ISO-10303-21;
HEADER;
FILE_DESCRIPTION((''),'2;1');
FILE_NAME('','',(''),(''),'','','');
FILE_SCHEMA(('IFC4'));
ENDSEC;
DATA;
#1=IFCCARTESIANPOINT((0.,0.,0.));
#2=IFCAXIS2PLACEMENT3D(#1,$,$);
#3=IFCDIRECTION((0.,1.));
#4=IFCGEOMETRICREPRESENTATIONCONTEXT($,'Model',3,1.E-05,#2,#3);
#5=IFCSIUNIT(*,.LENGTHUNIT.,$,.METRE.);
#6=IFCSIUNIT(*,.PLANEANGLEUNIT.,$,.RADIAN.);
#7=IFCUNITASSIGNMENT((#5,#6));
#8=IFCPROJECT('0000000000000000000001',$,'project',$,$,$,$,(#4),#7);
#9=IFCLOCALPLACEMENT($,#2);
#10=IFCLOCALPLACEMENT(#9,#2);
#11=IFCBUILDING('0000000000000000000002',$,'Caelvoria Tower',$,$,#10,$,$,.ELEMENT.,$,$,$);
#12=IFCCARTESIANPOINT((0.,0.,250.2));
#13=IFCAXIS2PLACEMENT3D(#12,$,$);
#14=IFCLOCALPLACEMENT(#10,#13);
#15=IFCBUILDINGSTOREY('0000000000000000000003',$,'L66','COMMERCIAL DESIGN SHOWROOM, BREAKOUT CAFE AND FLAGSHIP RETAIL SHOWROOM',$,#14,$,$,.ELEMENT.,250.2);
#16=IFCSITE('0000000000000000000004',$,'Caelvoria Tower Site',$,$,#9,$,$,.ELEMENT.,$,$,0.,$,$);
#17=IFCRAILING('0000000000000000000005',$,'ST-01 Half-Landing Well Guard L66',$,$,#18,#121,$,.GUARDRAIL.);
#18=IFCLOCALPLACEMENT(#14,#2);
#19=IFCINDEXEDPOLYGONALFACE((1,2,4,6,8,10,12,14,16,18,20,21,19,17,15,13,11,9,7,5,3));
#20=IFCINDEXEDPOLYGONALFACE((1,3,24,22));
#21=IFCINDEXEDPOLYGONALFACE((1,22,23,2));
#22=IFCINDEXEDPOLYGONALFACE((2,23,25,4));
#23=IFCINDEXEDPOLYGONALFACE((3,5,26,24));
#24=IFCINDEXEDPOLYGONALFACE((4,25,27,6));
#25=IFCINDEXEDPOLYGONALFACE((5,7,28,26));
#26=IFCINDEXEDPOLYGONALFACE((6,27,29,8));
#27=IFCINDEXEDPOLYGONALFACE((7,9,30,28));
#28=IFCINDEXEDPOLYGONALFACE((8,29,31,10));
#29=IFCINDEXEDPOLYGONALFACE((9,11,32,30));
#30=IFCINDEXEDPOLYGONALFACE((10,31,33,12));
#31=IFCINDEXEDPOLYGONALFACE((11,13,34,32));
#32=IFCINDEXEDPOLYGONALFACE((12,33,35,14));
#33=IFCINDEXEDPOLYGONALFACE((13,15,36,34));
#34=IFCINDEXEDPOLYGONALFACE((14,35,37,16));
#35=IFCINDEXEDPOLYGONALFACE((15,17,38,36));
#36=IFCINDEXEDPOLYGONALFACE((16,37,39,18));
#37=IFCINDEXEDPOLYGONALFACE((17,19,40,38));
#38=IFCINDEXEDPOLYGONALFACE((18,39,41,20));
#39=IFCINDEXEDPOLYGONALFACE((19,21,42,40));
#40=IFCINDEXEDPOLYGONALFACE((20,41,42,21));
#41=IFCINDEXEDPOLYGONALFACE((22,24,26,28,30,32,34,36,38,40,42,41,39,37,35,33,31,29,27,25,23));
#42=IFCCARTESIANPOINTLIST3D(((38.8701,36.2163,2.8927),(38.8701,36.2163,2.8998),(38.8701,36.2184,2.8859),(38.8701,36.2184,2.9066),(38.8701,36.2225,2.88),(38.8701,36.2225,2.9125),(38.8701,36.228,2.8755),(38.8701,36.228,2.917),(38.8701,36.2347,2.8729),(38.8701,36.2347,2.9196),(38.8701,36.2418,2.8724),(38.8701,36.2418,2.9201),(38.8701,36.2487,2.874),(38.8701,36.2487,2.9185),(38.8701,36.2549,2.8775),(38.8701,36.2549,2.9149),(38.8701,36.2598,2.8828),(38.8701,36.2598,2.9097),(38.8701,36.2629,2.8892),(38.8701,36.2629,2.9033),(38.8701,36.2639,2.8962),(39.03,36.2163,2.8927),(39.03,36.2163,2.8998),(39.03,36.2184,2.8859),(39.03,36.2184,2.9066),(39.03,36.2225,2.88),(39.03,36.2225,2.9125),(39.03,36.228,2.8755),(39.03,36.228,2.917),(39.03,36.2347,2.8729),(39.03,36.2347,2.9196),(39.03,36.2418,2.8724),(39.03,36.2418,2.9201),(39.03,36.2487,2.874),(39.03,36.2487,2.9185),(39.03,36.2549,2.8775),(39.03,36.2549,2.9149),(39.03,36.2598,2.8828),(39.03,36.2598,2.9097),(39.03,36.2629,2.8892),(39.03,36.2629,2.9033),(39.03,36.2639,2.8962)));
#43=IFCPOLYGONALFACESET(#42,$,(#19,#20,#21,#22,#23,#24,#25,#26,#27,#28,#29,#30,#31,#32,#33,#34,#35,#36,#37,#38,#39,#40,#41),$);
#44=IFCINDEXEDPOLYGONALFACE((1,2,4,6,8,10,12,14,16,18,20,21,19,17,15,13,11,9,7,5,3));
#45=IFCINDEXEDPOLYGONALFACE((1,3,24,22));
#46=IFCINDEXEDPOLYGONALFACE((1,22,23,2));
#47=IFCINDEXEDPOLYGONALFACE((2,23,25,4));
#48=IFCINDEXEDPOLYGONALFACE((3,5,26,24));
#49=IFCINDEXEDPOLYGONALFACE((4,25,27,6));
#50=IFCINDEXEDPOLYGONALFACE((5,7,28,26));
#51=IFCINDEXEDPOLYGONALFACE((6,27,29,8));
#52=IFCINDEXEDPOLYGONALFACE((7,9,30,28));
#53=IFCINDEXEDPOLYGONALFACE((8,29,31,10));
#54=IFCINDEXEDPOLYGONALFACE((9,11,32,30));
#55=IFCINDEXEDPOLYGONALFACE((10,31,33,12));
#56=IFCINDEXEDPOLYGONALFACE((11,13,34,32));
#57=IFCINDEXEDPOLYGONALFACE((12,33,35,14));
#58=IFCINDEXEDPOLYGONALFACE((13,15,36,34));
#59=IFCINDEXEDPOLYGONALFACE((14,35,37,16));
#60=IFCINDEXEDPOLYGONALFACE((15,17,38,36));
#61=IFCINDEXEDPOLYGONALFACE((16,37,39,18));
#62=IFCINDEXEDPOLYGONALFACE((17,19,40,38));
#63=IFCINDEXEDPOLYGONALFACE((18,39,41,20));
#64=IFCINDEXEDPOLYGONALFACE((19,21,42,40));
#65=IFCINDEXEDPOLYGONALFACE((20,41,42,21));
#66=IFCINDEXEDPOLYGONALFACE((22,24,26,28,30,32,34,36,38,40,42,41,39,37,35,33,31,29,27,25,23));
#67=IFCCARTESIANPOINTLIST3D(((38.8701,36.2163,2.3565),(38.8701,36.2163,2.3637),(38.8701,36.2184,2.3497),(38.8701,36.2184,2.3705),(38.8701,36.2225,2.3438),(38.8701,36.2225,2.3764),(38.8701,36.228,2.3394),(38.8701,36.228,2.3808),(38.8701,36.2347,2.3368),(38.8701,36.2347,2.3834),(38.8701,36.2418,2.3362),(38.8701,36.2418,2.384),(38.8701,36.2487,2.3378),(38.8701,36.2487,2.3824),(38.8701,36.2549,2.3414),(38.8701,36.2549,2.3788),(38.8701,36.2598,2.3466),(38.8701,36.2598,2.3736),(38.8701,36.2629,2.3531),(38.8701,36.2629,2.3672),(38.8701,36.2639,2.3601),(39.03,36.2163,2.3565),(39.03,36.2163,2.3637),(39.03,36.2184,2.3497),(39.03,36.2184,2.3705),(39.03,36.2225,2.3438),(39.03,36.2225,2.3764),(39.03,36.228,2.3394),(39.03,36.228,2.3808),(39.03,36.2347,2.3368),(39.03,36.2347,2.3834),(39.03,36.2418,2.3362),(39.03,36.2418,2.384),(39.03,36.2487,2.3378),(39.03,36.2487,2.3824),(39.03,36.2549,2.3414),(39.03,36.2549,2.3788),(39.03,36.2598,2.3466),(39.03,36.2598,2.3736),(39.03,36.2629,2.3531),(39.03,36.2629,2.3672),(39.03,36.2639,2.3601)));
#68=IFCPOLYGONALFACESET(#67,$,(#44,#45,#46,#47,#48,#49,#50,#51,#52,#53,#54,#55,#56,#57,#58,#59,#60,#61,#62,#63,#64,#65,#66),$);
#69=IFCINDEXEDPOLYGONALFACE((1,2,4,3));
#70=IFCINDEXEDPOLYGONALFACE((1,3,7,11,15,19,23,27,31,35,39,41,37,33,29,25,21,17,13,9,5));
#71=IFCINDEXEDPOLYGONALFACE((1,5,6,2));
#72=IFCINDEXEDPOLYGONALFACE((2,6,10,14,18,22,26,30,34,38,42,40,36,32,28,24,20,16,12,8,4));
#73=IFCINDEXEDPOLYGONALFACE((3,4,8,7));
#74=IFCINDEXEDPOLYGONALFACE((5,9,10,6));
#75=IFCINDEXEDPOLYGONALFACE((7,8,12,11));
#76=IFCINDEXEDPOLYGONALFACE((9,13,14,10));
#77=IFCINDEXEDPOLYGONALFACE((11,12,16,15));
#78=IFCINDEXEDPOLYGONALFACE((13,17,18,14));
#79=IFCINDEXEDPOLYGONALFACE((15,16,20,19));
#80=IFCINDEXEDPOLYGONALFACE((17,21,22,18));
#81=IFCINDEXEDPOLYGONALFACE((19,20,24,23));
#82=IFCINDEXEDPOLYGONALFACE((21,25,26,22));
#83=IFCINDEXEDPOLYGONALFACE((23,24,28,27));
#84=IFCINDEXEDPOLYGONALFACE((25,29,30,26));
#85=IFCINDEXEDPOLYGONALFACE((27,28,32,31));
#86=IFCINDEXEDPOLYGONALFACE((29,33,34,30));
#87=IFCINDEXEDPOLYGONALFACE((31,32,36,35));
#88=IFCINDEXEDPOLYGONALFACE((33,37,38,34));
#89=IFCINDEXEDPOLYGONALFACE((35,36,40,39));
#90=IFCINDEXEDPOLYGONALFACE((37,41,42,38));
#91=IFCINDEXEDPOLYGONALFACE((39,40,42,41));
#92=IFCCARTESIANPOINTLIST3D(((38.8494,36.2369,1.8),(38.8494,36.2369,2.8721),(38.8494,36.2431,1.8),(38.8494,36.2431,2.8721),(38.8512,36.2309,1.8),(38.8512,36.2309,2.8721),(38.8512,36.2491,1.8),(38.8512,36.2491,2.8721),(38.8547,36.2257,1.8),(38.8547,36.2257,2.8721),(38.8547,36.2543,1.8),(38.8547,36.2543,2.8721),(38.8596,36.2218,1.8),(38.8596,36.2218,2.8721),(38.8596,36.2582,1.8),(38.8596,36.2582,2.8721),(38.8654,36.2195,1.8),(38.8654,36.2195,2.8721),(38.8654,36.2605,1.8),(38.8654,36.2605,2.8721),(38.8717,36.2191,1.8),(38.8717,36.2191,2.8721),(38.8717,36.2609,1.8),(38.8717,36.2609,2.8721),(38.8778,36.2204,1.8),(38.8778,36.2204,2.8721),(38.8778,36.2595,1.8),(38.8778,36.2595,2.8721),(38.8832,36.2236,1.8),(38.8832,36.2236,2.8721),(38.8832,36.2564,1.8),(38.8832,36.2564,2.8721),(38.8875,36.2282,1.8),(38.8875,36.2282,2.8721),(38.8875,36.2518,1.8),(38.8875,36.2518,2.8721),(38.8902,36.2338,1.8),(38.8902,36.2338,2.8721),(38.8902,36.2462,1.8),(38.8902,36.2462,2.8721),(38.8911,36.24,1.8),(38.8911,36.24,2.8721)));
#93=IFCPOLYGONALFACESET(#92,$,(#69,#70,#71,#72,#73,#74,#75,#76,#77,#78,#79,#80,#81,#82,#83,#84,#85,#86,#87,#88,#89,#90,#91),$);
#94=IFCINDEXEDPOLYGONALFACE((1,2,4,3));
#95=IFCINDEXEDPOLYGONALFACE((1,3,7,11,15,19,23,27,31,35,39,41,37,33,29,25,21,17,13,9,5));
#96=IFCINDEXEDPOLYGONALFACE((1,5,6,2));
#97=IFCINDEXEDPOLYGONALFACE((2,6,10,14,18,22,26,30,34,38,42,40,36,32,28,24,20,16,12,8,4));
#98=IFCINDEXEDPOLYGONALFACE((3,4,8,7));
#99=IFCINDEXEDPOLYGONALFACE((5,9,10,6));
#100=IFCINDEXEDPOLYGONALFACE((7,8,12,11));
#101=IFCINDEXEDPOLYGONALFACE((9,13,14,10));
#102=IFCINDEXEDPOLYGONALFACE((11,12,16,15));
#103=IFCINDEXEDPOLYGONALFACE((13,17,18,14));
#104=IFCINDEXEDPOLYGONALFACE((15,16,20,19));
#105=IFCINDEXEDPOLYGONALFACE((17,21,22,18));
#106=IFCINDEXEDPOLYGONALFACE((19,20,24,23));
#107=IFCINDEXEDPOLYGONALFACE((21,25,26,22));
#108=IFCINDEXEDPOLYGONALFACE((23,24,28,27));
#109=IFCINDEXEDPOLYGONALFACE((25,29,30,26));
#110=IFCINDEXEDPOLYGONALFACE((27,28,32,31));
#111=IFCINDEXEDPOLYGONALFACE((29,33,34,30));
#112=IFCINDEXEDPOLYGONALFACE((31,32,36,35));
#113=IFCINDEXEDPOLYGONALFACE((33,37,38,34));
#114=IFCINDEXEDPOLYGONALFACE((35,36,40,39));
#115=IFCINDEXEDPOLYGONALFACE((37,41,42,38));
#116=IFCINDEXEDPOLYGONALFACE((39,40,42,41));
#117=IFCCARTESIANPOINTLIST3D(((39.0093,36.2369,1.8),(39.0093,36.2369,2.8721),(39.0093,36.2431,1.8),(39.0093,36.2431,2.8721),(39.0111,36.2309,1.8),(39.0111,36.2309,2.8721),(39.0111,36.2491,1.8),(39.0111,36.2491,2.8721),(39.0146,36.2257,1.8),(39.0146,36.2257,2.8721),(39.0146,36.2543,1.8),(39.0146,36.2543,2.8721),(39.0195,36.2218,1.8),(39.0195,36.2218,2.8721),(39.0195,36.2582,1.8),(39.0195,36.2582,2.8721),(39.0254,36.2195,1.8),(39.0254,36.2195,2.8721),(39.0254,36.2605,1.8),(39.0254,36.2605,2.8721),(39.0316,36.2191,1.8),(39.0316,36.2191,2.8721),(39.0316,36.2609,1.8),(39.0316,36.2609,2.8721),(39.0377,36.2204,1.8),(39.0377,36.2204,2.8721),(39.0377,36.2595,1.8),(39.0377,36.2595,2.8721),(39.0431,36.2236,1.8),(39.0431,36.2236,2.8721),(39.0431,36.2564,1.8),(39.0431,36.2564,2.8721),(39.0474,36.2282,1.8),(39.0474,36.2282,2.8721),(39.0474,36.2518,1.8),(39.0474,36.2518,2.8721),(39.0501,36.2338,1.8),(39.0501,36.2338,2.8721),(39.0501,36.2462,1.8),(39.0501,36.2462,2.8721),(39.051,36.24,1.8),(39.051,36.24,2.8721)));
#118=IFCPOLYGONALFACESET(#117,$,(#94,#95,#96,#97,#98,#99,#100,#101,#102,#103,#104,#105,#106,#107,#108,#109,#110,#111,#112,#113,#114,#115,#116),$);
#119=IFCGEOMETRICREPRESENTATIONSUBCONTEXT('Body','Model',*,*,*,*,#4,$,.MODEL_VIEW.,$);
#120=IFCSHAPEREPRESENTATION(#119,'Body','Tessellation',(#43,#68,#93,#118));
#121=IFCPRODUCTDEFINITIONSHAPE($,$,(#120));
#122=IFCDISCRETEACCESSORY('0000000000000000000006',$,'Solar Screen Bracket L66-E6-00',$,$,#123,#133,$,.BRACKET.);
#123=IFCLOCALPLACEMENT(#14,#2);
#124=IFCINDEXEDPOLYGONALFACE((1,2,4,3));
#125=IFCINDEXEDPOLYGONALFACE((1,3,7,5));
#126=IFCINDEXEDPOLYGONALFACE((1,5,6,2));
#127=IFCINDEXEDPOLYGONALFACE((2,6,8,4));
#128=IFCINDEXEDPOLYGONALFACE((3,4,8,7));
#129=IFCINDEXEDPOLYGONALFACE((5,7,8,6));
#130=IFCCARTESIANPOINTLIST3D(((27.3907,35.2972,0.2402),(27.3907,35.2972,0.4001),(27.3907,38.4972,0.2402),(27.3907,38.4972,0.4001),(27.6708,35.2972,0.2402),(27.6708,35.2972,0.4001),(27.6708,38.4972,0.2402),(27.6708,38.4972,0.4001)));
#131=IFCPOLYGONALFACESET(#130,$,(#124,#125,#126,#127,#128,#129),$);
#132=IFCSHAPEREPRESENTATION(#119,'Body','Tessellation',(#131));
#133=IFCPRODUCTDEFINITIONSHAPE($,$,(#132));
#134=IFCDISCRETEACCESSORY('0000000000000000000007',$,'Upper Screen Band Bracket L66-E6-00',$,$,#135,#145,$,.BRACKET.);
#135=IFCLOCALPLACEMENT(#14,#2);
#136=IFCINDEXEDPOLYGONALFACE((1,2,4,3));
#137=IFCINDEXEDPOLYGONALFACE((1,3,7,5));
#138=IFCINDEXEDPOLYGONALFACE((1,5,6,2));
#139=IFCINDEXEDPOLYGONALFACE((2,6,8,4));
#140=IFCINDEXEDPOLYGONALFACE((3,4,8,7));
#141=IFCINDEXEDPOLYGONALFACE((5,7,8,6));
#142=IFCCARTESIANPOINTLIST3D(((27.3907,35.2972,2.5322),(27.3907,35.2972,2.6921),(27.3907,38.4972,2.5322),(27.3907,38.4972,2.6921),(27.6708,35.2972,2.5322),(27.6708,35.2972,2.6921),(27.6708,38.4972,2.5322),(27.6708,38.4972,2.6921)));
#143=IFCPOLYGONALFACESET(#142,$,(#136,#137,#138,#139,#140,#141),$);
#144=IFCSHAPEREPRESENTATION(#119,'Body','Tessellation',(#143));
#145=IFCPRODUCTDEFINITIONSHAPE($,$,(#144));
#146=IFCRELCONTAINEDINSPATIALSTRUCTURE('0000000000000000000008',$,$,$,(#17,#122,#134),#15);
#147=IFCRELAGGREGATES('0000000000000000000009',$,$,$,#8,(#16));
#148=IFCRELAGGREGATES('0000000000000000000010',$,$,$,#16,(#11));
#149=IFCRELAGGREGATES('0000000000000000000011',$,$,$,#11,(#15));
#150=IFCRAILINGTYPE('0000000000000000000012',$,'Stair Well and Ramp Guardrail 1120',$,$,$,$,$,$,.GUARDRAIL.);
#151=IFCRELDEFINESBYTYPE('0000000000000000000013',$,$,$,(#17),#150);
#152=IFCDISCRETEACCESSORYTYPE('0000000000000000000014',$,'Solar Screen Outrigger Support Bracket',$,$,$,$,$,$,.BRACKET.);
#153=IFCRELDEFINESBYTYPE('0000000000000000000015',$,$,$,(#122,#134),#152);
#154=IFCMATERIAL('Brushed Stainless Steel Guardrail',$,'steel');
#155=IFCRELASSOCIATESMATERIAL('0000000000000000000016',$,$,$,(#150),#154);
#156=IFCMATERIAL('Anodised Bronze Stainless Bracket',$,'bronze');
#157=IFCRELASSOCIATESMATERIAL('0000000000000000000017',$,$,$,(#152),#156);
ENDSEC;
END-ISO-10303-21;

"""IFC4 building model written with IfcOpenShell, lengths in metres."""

from ifc_helpers import new_model, si_unit, direction, frame, origin, origin_2d, place, context, subcontext, project, spatial, rectangle, circle, extrude, material, type_object, element, save


model = new_model("IFC4")

# Units and contexts
model_context = context("Model", 3, precision=1e-05, world=origin(), true_north=direction((0.0, 1.0)))
body_context = subcontext(model_context, "Body", "Model", "MODEL_VIEW")
ifc_project = project(units=[si_unit("LENGTHUNIT", "METRE"), si_unit("PLANEANGLEUNIT", "RADIAN")], contexts=[model_context])

# Site, building, storey
site_placement = place(None, origin())
site = spatial("IfcSite", under=ifc_project, at=site_placement, Name="Caelvoria Tower Site", CompositionType="ELEMENT", RefElevation=0.0)
building_placement = place(site_placement, origin())
building = spatial("IfcBuilding", under=site, at=building_placement, Name="Caelvoria Tower", CompositionType="ELEMENT")
storey_placement = place(building_placement, frame((0.0, 0.0, 250.2)))
storey = spatial("IfcBuildingStorey", under=building, at=storey_placement, Name="L66", Description="COMMERCIAL DESIGN SHOWROOM, BREAKOUT CAFE AND FLAGSHIP RETAIL SHOWROOM", CompositionType="ELEMENT", Elevation=250.2)

# Railing
ifc_material_1 = material(Name="Brushed Stainless Steel Guardrail", Category="steel")
railing_type_1 = type_object("IfcRailingType", Name="Stair Well and Ramp Guardrail 1120", PredefinedType="GUARDRAIL", material=ifc_material_1)
railing_1_placement = place(storey_placement, frame((38.8701, 36.24, 1.8)))
element("IfcRailing", 1, at=railing_1_placement, inside=storey, type_object=railing_type_1, Name="ST-01 Half-Landing Well Guard L66", PredefinedType="GUARDRAIL", context=body_context, shape_type="SweptSolid", body=[
    extrude(circle(Radius=0.0239, at=origin_2d()), frame((0.0, 0.0, 1.0962), z_axis=(1.0, 0.0, 0.0), x_axis=(0.0, 1.0, 0.0)), (0.0, 0.0, 1.0), 0.1599),
    extrude(circle(Radius=0.0239, at=origin_2d()), frame((0.0, 0.0, 0.5601), z_axis=(1.0, 0.0, 0.0), x_axis=(0.0, 1.0, 0.0)), (0.0, 0.0, 1.0), 0.1599),
    extrude(circle(Radius=0.021, at=origin_2d()), origin(), (0.0, 0.0, 1.0), 1.072),
    extrude(circle(Radius=0.021, at=origin_2d()), frame((0.1599, 0.0, 0.0)), (0.0, 0.0, 1.0), 1.072),
])

# Discrete accessories
ifc_material_2 = material(Name="Anodised Bronze Stainless Bracket", Category="bronze")
discrete_accessory_type = type_object("IfcDiscreteAccessoryType", Name="Solar Screen Outrigger Support Bracket", PredefinedType="BRACKET", material=ifc_material_2)
for number, where, z_axis, x_axis, name in (
    (2, (27.5308, 36.8972, 0.2402), (0.0, 0.0, 1.0), (0.0, -1.0, 0.0), "Solar Screen Bracket L66-E6-00"),
    (3, (27.5308, 36.8972, 2.5322), (0.0, 0.0, 1.0), (0.0, -1.0, 0.0), "Upper Screen Band Bracket L66-E6-00"),
):
    element("IfcDiscreteAccessory", number, at=place(storey_placement, frame(where, z_axis=z_axis, x_axis=x_axis)), inside=storey, type_object=discrete_accessory_type, Name=name, PredefinedType="BRACKET", context=body_context, shape_type="SweptSolid", body=[
        extrude(rectangle(XDim=3.2, YDim=0.28, at=origin_2d()), origin(), (0.0, 0.0, 1.0), 0.1599),
    ])

save(model, "model.ifc")
